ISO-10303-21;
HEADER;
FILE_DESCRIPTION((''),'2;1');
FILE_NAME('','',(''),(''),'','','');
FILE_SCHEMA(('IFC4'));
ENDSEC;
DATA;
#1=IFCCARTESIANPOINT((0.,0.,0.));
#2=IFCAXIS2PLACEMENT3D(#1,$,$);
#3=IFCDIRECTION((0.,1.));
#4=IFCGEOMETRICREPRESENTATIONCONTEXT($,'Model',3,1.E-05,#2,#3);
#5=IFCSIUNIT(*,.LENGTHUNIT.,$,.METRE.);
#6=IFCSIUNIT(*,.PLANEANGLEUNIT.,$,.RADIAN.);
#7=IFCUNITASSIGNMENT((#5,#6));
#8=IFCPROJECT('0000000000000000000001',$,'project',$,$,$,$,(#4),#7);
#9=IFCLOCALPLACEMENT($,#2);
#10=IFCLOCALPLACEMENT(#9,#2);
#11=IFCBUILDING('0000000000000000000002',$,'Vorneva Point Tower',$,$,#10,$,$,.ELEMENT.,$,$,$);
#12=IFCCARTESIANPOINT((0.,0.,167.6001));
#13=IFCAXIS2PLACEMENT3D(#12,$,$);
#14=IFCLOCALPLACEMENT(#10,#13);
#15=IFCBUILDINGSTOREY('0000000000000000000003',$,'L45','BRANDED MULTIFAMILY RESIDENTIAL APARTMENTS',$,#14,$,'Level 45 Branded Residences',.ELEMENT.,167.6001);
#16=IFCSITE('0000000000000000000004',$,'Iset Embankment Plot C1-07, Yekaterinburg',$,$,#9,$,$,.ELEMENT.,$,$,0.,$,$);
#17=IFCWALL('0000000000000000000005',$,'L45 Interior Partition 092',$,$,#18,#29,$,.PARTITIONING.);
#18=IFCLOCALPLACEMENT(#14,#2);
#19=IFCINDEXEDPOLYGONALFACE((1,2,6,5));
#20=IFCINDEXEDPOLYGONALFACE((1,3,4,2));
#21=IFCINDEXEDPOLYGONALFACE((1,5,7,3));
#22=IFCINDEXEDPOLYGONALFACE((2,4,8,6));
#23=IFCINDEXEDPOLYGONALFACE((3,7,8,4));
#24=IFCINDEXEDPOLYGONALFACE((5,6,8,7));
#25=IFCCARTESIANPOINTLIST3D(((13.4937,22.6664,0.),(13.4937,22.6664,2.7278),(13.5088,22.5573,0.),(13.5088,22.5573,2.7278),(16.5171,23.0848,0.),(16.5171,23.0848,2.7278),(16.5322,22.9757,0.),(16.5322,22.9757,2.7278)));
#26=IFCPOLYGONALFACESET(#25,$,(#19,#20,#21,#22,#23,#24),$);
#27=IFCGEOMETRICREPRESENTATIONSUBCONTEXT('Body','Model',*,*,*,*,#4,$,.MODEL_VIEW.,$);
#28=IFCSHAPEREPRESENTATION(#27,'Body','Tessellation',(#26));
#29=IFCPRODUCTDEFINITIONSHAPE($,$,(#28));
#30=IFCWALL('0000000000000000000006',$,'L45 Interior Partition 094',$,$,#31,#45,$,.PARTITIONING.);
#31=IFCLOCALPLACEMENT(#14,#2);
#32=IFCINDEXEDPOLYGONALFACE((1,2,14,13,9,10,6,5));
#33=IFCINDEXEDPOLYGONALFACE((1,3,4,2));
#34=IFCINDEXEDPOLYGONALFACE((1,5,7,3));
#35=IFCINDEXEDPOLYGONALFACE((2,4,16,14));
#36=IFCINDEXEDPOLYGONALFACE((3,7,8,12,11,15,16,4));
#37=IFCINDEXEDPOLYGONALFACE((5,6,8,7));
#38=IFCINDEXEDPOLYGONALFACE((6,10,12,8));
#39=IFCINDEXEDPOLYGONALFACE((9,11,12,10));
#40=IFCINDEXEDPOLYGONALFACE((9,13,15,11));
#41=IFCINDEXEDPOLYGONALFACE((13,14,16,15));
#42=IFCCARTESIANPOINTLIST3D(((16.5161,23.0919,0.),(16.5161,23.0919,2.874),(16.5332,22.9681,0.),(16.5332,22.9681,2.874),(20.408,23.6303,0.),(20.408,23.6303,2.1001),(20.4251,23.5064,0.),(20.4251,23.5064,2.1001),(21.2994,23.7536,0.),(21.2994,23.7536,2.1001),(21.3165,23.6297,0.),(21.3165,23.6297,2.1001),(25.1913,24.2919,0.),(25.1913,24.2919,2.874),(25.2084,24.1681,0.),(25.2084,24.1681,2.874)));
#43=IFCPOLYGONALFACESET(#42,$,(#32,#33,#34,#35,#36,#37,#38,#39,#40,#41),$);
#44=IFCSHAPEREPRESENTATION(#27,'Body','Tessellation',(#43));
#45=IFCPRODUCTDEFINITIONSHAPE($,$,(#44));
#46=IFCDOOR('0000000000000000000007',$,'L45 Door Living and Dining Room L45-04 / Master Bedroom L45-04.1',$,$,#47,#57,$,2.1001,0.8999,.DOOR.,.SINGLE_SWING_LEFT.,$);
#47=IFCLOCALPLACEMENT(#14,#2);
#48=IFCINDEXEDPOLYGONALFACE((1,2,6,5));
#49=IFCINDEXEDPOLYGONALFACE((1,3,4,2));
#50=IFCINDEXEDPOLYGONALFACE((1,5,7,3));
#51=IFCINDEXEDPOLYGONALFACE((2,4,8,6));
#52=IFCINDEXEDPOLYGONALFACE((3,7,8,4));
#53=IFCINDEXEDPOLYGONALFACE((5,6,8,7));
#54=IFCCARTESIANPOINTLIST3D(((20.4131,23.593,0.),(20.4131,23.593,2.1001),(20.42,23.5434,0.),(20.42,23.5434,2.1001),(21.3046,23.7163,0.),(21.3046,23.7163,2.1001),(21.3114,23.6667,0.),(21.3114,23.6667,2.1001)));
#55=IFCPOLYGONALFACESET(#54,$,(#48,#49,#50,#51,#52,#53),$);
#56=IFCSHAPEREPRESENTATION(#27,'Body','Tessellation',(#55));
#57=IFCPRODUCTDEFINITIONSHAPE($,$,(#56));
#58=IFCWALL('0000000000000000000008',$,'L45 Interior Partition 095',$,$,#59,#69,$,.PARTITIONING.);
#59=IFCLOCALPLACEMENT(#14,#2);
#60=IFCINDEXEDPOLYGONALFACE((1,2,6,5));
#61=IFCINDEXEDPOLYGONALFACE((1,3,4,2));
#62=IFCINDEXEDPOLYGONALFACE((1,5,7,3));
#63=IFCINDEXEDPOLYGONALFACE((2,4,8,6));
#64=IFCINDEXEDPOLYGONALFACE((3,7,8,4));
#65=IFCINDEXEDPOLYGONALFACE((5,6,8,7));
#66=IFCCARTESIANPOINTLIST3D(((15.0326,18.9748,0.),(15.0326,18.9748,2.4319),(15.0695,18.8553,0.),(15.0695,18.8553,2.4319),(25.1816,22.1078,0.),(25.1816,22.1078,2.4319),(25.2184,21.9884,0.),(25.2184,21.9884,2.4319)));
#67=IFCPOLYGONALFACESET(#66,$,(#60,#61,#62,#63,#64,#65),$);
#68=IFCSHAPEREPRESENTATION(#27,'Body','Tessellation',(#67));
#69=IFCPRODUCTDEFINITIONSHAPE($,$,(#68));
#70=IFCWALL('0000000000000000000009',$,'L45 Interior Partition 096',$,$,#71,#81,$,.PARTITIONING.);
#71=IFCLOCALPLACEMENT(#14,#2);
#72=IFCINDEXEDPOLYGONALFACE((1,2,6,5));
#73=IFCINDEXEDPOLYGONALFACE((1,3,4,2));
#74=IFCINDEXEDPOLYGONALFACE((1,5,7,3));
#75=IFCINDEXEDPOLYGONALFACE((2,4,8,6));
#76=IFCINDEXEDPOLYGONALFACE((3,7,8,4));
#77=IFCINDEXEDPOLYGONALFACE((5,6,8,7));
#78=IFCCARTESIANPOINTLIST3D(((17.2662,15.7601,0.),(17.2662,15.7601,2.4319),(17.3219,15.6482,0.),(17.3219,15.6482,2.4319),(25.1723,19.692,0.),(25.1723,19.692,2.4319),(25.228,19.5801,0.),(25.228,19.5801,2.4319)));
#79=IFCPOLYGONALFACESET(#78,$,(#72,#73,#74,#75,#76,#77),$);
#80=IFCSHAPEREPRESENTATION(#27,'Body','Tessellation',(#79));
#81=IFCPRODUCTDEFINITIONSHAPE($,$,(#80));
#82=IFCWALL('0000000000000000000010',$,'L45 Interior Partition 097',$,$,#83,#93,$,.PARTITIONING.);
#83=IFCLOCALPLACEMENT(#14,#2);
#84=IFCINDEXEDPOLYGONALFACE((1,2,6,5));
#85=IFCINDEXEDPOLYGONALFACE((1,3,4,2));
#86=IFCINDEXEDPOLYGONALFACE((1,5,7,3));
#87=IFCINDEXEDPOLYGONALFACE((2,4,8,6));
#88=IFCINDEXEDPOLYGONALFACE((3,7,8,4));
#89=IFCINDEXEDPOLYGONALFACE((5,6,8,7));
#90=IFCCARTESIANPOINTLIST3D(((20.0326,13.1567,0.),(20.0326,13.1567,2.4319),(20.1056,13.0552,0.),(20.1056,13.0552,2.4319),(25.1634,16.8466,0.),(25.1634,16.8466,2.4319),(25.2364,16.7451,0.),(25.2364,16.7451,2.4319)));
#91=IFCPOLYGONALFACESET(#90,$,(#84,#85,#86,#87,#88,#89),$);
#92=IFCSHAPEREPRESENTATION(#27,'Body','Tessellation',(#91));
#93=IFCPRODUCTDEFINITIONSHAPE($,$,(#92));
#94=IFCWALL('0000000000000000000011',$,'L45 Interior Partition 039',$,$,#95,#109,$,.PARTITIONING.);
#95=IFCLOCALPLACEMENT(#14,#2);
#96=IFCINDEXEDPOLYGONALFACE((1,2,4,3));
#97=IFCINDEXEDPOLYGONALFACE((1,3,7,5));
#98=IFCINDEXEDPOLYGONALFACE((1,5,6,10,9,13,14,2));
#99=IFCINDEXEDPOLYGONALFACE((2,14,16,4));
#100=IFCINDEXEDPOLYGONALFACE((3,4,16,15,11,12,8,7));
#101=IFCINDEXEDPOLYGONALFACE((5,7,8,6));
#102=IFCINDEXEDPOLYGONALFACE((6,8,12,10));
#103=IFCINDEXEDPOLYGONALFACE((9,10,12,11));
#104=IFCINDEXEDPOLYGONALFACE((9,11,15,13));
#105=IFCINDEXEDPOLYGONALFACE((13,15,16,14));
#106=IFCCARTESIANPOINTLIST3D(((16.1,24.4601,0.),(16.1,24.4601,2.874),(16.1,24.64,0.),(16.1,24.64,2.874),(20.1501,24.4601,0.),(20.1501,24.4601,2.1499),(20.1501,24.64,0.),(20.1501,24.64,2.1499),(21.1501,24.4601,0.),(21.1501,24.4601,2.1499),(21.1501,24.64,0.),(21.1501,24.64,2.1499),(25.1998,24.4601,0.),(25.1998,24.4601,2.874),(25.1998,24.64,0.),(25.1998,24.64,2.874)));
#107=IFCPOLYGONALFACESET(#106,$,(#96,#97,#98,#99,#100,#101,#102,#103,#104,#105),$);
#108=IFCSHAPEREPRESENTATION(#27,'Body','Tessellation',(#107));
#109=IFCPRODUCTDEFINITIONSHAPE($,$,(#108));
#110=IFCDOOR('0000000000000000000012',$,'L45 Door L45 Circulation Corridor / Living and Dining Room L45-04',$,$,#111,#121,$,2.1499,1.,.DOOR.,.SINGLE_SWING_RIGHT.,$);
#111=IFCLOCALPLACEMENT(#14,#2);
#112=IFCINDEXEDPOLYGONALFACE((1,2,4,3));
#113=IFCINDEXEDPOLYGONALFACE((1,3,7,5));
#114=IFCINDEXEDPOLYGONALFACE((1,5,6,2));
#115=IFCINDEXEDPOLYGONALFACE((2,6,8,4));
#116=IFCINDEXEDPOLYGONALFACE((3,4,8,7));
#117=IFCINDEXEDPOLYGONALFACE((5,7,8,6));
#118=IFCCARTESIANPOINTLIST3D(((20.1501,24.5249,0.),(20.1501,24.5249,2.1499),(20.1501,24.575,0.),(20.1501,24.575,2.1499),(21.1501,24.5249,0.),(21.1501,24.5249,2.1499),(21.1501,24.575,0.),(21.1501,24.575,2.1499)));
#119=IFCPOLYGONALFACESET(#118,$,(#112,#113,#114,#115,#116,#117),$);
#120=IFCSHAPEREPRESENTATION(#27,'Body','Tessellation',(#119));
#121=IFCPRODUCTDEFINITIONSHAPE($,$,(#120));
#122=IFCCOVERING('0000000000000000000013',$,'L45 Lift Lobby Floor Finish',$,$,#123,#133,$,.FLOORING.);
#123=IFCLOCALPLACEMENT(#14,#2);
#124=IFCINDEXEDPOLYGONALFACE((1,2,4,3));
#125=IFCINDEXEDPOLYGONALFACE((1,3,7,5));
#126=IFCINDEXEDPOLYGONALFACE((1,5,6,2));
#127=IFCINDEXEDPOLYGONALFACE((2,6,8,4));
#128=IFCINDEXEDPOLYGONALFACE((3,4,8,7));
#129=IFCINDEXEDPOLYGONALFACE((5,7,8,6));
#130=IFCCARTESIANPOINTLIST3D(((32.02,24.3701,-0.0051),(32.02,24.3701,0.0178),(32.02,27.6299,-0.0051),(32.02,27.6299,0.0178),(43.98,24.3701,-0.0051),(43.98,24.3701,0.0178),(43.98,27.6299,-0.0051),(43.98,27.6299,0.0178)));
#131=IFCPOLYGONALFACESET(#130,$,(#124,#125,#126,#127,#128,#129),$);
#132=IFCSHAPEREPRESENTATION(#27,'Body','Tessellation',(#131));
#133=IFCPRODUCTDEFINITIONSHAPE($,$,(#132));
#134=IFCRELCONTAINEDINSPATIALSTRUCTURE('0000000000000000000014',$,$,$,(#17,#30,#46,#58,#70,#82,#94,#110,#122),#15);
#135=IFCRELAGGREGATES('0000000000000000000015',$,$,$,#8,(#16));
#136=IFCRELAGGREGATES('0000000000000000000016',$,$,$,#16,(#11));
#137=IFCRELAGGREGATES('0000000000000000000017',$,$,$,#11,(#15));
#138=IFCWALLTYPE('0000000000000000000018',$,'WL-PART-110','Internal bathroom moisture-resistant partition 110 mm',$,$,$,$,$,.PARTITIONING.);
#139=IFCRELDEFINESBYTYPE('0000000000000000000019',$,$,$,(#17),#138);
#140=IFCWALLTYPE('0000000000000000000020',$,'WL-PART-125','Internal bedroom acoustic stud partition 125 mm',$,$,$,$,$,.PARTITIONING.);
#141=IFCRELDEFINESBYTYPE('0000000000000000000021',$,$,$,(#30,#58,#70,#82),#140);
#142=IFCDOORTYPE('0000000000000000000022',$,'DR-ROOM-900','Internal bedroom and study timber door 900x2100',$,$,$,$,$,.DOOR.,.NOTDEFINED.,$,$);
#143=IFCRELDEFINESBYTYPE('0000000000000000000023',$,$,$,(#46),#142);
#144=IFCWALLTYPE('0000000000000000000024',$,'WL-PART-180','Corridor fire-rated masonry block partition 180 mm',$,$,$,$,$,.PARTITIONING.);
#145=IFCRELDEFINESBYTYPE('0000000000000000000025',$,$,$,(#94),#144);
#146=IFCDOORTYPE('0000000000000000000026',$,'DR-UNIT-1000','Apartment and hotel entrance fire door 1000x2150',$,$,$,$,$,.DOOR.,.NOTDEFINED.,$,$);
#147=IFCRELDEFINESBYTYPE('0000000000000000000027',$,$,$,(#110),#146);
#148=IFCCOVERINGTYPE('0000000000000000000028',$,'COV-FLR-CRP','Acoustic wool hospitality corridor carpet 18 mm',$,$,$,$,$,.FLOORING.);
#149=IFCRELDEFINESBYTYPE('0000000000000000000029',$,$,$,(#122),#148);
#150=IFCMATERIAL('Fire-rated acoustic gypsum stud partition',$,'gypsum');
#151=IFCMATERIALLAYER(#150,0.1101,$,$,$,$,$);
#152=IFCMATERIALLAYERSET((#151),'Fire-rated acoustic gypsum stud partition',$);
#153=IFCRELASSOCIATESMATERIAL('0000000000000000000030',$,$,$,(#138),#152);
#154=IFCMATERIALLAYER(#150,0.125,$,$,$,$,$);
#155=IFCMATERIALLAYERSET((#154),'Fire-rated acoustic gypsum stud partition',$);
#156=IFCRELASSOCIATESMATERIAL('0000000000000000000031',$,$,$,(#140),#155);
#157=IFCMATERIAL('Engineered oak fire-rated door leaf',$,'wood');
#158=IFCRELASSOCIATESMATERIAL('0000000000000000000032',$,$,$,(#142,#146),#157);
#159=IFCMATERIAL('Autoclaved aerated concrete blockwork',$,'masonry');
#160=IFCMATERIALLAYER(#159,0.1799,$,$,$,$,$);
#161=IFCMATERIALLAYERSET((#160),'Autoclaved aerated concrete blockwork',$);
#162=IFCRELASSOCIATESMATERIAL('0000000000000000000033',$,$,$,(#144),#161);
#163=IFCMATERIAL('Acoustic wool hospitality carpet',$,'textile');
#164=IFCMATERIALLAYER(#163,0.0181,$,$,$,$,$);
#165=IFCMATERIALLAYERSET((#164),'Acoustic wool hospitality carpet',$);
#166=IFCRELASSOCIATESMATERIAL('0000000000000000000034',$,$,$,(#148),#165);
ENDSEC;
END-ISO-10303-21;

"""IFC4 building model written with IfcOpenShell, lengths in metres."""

from ifc_helpers import new_model, si_unit, direction, frame, frame_2d, origin, place, context, subcontext, project, spatial, polyline, rectangle, outline, extrude, material, layer, layer_set, type_object, element, fill, save


model = new_model("IFC4")

# Units and contexts
model_context = context("Model", 3, precision=1e-05, world=origin(), true_north=direction((0.0, 1.0)))
body_context = subcontext(model_context, "Body", "Model", "MODEL_VIEW")
ifc_project = project(units=[si_unit("LENGTHUNIT", "METRE"), si_unit("PLANEANGLEUNIT", "RADIAN")], contexts=[model_context])

# Site, building, storey
site_placement = place(None, origin())
site = spatial("IfcSite", under=ifc_project, at=site_placement, Name="Iset Embankment Plot C1-07, Yekaterinburg", CompositionType="ELEMENT", RefElevation=0.0)
building_placement = place(site_placement, origin())
building = spatial("IfcBuilding", under=site, at=building_placement, Name="Vorneva Point Tower", CompositionType="ELEMENT")
storey_placement = place(building_placement, frame((0.0, 0.0, 167.6001)))
storey = spatial("IfcBuildingStorey", under=building, at=storey_placement, Name="L45", Description="BRANDED MULTIFAMILY RESIDENTIAL APARTMENTS", LongName="Level 45 Branded Residences", CompositionType="ELEMENT", Elevation=167.6001)

# Wall
ifc_material_1 = material(Name="Fire-rated acoustic gypsum stud partition", Category="gypsum")
ifc_layer_1 = layer(ifc_material_1, 0.1101)
ifc_layer_set_1 = layer_set([ifc_layer_1], Name="Fire-rated acoustic gypsum stud partition")
wall_type_1 = type_object("IfcWallType", Name="WL-PART-110", Description="Internal bathroom moisture-resistant partition 110 mm", PredefinedType="PARTITIONING", material=ifc_layer_set_1)
wall_1_placement = place(storey_placement, frame((16.5247, 23.0303, 0.0), z_axis=(0.0, 0.0, 1.0), x_axis=(-0.990558, -0.137098, 0.0)))
element("IfcWall", 1, at=wall_1_placement, inside=storey, type_object=wall_type_1, Name="L45 Interior Partition 092", PredefinedType="PARTITIONING", context=body_context, shape_type="SweptSolid", body=[
    extrude(rectangle(XDim=3.0522, YDim=0.1101, at=frame_2d((1.5261, 0.0))), origin(), (0.0, 0.0, 1.0), 2.7278),
])

# Wall, opening, door
ifc_layer_2 = layer(ifc_material_1, 0.125)
ifc_layer_set_2 = layer_set([ifc_layer_2], Name="Fire-rated acoustic gypsum stud partition")
wall_type_2 = type_object("IfcWallType", Name="WL-PART-125", Description="Internal bedroom acoustic stud partition 125 mm", PredefinedType="PARTITIONING", material=ifc_layer_set_2)
wall_2_placement = place(storey_placement, frame((16.5247, 23.03, 0.0), z_axis=(0.0, 0.0, 1.0), x_axis=(0.990569, 0.137014, 0.0)))
wall_2 = element("IfcWall", 2, at=wall_2_placement, inside=storey, type_object=wall_type_2, Name="L45 Interior Partition 094", PredefinedType="PARTITIONING", context=body_context, shape_type="SweptSolid", body=[
    extrude(rectangle(XDim=8.7578, YDim=0.125, at=frame_2d((4.3789, 0.0))), origin(), (0.0, 0.0, 1.0), 2.874),
])
opening_1_placement = place(wall_2_placement, frame((3.929, 0.0, 0.0)))
opening_1 = element("IfcOpeningElement", 3, at=opening_1_placement, cuts=wall_2, PredefinedType="OPENING", context=body_context, shape_type="SweptSolid", body=[
    extrude(rectangle(XDim=0.8999, YDim=2.1001, at=frame_2d((0.45, 1.05))), frame((0.0, 0.0774, 0.0), z_axis=(0.0, -1.0, 0.0), x_axis=(1.0, 0.0, 0.0)), (0.0, 0.0, 1.0), 0.1548),
])
ifc_material_2 = material(Name="Engineered oak fire-rated door leaf", Category="wood")
door_type_1 = type_object("IfcDoorType", Name="DR-ROOM-900", Description="Internal bedroom and study timber door 900x2100", OperationType="NOTDEFINED", PredefinedType="DOOR", material=ifc_material_2)
door_1_placement = place(opening_1_placement, origin())
door_1 = element("IfcDoor", 4, at=door_1_placement, inside=storey, type_object=door_type_1, Name="L45 Door Living and Dining Room L45-04 / Master Bedroom L45-04.1", OperationType="SINGLE_SWING_LEFT", OverallHeight=2.1001, OverallWidth=0.8999, PredefinedType="DOOR", context=body_context, shape_type="SweptSolid", body=[
    extrude(rectangle(XDim=0.8999, YDim=2.1001, at=frame_2d((0.45, 1.05))), frame((0.0, 0.0249, 0.0), z_axis=(0.0, -1.0, 0.0), x_axis=(1.0, 0.0, 0.0)), (0.0, 0.0, 1.0), 0.05),
])
fill(opening_1, door_1)

# Walls
wall_3_placement = place(storey_placement, frame((15.051, 18.915, 0.0), z_axis=(0.0, 0.0, 1.0), x_axis=(0.955506, 0.294972, 0.0)))
element("IfcWall", 5, at=wall_3_placement, inside=storey, type_object=wall_type_2, Name="L45 Interior Partition 095", PredefinedType="PARTITIONING", context=body_context, shape_type="SweptSolid", body=[
    extrude(rectangle(XDim=10.6216, YDim=0.125, at=frame_2d((5.3108, 0.0))), origin(), (0.0, 0.0, 1.0), 2.4319),
])
wall_4_placement = place(storey_placement, frame((17.2939, 15.7041, 0.0), z_axis=(0.0, 0.0, 1.0), x_axis=(0.895382, 0.445299, 0.0)))
element("IfcWall", 6, at=wall_4_placement, inside=storey, type_object=wall_type_2, Name="L45 Interior Partition 096", PredefinedType="PARTITIONING", context=body_context, shape_type="SweptSolid", body=[
    extrude(rectangle(XDim=8.8298, YDim=0.125, at=frame_2d((4.415, 0.0))), origin(), (0.0, 0.0, 1.0), 2.4319),
])
wall_5_placement = place(storey_placement, frame((20.0691, 13.106, 0.0), z_axis=(0.0, 0.0, 1.0), x_axis=(0.811855, 0.583859, 0.0)))
element("IfcWall", 7, at=wall_5_placement, inside=storey, type_object=wall_type_2, Name="L45 Interior Partition 097", PredefinedType="PARTITIONING", context=body_context, shape_type="SweptSolid", body=[
    extrude(rectangle(XDim=6.3198, YDim=0.125, at=frame_2d((3.1599, 0.0))), origin(), (0.0, 0.0, 1.0), 2.4319),
])

# Wall, opening, door
ifc_material_3 = material(Name="Autoclaved aerated concrete blockwork", Category="masonry")
ifc_layer_3 = layer(ifc_material_3, 0.1799)
ifc_layer_set_3 = layer_set([ifc_layer_3], Name="Autoclaved aerated concrete blockwork")
wall_type_3 = type_object("IfcWallType", Name="WL-PART-180", Description="Corridor fire-rated masonry block partition 180 mm", PredefinedType="PARTITIONING", material=ifc_layer_set_3)
wall_6_placement = place(storey_placement, frame((16.1001, 24.55, 0.0), z_axis=(0.0, 0.0, 1.0), x_axis=(1.0, 0.0, 0.0)))
wall_6 = element("IfcWall", 8, at=wall_6_placement, inside=storey, type_object=wall_type_3, Name="L45 Interior Partition 039", PredefinedType="PARTITIONING", context=body_context, shape_type="SweptSolid", body=[
    extrude(rectangle(XDim=9.0999, YDim=0.1799, at=frame_2d((4.5498, 0.0))), origin(), (0.0, 0.0, 1.0), 2.874),
])
opening_2_placement = place(wall_6_placement, frame((4.05, 0.0, 0.0)))
opening_2 = element("IfcOpeningElement", 9, at=opening_2_placement, cuts=wall_6, PredefinedType="OPENING", context=body_context, shape_type="SweptSolid", body=[
    extrude(rectangle(XDim=1.0, YDim=2.1499, at=frame_2d((0.5, 1.075))), frame((0.0, 0.105, 0.0), z_axis=(0.0, -1.0, 0.0), x_axis=(1.0, 0.0, 0.0)), (0.0, 0.0, 1.0), 0.2097),
])
door_type_2 = type_object("IfcDoorType", Name="DR-UNIT-1000", Description="Apartment and hotel entrance fire door 1000x2150", OperationType="NOTDEFINED", PredefinedType="DOOR", material=ifc_material_2)
door_2_placement = place(opening_2_placement, origin())
door_2 = element("IfcDoor", 10, at=door_2_placement, inside=storey, type_object=door_type_2, Name="L45 Door L45 Circulation Corridor / Living and Dining Room L45-04", OperationType="SINGLE_SWING_RIGHT", OverallHeight=2.1499, OverallWidth=1.0, PredefinedType="DOOR", context=body_context, shape_type="SweptSolid", body=[
    extrude(rectangle(XDim=1.0, YDim=2.1499, at=frame_2d((0.5, 1.075))), frame((0.0, 0.0249, 0.0), z_axis=(0.0, -1.0, 0.0), x_axis=(1.0, 0.0, 0.0)), (0.0, 0.0, 1.0), 0.05),
])
fill(opening_2, door_2)

# Covering
ifc_material_4 = material(Name="Acoustic wool hospitality carpet", Category="textile")
ifc_layer_4 = layer(ifc_material_4, 0.0181)
ifc_layer_set_4 = layer_set([ifc_layer_4], Name="Acoustic wool hospitality carpet")
covering_type = type_object("IfcCoveringType", Name="COV-FLR-CRP", Description="Acoustic wool hospitality corridor carpet 18 mm", PredefinedType="FLOORING", material=ifc_layer_set_4)
covering_placement = place(storey_placement, frame((0.0, 0.0, -0.0051)))
element("IfcCovering", 11, at=covering_placement, inside=storey, type_object=covering_type, Name="L45 Lift Lobby Floor Finish", PredefinedType="FLOORING", context=body_context, shape_type="SweptSolid", body=[
    extrude(outline(polyline([(32.02, 24.3701), (43.98, 24.3701), (43.98, 27.6299), (32.02, 27.6299), (32.02, 24.3701)])), origin(), (0.0, 0.0, 1.0), 0.0229),
])

save(model, "model.ifc")
